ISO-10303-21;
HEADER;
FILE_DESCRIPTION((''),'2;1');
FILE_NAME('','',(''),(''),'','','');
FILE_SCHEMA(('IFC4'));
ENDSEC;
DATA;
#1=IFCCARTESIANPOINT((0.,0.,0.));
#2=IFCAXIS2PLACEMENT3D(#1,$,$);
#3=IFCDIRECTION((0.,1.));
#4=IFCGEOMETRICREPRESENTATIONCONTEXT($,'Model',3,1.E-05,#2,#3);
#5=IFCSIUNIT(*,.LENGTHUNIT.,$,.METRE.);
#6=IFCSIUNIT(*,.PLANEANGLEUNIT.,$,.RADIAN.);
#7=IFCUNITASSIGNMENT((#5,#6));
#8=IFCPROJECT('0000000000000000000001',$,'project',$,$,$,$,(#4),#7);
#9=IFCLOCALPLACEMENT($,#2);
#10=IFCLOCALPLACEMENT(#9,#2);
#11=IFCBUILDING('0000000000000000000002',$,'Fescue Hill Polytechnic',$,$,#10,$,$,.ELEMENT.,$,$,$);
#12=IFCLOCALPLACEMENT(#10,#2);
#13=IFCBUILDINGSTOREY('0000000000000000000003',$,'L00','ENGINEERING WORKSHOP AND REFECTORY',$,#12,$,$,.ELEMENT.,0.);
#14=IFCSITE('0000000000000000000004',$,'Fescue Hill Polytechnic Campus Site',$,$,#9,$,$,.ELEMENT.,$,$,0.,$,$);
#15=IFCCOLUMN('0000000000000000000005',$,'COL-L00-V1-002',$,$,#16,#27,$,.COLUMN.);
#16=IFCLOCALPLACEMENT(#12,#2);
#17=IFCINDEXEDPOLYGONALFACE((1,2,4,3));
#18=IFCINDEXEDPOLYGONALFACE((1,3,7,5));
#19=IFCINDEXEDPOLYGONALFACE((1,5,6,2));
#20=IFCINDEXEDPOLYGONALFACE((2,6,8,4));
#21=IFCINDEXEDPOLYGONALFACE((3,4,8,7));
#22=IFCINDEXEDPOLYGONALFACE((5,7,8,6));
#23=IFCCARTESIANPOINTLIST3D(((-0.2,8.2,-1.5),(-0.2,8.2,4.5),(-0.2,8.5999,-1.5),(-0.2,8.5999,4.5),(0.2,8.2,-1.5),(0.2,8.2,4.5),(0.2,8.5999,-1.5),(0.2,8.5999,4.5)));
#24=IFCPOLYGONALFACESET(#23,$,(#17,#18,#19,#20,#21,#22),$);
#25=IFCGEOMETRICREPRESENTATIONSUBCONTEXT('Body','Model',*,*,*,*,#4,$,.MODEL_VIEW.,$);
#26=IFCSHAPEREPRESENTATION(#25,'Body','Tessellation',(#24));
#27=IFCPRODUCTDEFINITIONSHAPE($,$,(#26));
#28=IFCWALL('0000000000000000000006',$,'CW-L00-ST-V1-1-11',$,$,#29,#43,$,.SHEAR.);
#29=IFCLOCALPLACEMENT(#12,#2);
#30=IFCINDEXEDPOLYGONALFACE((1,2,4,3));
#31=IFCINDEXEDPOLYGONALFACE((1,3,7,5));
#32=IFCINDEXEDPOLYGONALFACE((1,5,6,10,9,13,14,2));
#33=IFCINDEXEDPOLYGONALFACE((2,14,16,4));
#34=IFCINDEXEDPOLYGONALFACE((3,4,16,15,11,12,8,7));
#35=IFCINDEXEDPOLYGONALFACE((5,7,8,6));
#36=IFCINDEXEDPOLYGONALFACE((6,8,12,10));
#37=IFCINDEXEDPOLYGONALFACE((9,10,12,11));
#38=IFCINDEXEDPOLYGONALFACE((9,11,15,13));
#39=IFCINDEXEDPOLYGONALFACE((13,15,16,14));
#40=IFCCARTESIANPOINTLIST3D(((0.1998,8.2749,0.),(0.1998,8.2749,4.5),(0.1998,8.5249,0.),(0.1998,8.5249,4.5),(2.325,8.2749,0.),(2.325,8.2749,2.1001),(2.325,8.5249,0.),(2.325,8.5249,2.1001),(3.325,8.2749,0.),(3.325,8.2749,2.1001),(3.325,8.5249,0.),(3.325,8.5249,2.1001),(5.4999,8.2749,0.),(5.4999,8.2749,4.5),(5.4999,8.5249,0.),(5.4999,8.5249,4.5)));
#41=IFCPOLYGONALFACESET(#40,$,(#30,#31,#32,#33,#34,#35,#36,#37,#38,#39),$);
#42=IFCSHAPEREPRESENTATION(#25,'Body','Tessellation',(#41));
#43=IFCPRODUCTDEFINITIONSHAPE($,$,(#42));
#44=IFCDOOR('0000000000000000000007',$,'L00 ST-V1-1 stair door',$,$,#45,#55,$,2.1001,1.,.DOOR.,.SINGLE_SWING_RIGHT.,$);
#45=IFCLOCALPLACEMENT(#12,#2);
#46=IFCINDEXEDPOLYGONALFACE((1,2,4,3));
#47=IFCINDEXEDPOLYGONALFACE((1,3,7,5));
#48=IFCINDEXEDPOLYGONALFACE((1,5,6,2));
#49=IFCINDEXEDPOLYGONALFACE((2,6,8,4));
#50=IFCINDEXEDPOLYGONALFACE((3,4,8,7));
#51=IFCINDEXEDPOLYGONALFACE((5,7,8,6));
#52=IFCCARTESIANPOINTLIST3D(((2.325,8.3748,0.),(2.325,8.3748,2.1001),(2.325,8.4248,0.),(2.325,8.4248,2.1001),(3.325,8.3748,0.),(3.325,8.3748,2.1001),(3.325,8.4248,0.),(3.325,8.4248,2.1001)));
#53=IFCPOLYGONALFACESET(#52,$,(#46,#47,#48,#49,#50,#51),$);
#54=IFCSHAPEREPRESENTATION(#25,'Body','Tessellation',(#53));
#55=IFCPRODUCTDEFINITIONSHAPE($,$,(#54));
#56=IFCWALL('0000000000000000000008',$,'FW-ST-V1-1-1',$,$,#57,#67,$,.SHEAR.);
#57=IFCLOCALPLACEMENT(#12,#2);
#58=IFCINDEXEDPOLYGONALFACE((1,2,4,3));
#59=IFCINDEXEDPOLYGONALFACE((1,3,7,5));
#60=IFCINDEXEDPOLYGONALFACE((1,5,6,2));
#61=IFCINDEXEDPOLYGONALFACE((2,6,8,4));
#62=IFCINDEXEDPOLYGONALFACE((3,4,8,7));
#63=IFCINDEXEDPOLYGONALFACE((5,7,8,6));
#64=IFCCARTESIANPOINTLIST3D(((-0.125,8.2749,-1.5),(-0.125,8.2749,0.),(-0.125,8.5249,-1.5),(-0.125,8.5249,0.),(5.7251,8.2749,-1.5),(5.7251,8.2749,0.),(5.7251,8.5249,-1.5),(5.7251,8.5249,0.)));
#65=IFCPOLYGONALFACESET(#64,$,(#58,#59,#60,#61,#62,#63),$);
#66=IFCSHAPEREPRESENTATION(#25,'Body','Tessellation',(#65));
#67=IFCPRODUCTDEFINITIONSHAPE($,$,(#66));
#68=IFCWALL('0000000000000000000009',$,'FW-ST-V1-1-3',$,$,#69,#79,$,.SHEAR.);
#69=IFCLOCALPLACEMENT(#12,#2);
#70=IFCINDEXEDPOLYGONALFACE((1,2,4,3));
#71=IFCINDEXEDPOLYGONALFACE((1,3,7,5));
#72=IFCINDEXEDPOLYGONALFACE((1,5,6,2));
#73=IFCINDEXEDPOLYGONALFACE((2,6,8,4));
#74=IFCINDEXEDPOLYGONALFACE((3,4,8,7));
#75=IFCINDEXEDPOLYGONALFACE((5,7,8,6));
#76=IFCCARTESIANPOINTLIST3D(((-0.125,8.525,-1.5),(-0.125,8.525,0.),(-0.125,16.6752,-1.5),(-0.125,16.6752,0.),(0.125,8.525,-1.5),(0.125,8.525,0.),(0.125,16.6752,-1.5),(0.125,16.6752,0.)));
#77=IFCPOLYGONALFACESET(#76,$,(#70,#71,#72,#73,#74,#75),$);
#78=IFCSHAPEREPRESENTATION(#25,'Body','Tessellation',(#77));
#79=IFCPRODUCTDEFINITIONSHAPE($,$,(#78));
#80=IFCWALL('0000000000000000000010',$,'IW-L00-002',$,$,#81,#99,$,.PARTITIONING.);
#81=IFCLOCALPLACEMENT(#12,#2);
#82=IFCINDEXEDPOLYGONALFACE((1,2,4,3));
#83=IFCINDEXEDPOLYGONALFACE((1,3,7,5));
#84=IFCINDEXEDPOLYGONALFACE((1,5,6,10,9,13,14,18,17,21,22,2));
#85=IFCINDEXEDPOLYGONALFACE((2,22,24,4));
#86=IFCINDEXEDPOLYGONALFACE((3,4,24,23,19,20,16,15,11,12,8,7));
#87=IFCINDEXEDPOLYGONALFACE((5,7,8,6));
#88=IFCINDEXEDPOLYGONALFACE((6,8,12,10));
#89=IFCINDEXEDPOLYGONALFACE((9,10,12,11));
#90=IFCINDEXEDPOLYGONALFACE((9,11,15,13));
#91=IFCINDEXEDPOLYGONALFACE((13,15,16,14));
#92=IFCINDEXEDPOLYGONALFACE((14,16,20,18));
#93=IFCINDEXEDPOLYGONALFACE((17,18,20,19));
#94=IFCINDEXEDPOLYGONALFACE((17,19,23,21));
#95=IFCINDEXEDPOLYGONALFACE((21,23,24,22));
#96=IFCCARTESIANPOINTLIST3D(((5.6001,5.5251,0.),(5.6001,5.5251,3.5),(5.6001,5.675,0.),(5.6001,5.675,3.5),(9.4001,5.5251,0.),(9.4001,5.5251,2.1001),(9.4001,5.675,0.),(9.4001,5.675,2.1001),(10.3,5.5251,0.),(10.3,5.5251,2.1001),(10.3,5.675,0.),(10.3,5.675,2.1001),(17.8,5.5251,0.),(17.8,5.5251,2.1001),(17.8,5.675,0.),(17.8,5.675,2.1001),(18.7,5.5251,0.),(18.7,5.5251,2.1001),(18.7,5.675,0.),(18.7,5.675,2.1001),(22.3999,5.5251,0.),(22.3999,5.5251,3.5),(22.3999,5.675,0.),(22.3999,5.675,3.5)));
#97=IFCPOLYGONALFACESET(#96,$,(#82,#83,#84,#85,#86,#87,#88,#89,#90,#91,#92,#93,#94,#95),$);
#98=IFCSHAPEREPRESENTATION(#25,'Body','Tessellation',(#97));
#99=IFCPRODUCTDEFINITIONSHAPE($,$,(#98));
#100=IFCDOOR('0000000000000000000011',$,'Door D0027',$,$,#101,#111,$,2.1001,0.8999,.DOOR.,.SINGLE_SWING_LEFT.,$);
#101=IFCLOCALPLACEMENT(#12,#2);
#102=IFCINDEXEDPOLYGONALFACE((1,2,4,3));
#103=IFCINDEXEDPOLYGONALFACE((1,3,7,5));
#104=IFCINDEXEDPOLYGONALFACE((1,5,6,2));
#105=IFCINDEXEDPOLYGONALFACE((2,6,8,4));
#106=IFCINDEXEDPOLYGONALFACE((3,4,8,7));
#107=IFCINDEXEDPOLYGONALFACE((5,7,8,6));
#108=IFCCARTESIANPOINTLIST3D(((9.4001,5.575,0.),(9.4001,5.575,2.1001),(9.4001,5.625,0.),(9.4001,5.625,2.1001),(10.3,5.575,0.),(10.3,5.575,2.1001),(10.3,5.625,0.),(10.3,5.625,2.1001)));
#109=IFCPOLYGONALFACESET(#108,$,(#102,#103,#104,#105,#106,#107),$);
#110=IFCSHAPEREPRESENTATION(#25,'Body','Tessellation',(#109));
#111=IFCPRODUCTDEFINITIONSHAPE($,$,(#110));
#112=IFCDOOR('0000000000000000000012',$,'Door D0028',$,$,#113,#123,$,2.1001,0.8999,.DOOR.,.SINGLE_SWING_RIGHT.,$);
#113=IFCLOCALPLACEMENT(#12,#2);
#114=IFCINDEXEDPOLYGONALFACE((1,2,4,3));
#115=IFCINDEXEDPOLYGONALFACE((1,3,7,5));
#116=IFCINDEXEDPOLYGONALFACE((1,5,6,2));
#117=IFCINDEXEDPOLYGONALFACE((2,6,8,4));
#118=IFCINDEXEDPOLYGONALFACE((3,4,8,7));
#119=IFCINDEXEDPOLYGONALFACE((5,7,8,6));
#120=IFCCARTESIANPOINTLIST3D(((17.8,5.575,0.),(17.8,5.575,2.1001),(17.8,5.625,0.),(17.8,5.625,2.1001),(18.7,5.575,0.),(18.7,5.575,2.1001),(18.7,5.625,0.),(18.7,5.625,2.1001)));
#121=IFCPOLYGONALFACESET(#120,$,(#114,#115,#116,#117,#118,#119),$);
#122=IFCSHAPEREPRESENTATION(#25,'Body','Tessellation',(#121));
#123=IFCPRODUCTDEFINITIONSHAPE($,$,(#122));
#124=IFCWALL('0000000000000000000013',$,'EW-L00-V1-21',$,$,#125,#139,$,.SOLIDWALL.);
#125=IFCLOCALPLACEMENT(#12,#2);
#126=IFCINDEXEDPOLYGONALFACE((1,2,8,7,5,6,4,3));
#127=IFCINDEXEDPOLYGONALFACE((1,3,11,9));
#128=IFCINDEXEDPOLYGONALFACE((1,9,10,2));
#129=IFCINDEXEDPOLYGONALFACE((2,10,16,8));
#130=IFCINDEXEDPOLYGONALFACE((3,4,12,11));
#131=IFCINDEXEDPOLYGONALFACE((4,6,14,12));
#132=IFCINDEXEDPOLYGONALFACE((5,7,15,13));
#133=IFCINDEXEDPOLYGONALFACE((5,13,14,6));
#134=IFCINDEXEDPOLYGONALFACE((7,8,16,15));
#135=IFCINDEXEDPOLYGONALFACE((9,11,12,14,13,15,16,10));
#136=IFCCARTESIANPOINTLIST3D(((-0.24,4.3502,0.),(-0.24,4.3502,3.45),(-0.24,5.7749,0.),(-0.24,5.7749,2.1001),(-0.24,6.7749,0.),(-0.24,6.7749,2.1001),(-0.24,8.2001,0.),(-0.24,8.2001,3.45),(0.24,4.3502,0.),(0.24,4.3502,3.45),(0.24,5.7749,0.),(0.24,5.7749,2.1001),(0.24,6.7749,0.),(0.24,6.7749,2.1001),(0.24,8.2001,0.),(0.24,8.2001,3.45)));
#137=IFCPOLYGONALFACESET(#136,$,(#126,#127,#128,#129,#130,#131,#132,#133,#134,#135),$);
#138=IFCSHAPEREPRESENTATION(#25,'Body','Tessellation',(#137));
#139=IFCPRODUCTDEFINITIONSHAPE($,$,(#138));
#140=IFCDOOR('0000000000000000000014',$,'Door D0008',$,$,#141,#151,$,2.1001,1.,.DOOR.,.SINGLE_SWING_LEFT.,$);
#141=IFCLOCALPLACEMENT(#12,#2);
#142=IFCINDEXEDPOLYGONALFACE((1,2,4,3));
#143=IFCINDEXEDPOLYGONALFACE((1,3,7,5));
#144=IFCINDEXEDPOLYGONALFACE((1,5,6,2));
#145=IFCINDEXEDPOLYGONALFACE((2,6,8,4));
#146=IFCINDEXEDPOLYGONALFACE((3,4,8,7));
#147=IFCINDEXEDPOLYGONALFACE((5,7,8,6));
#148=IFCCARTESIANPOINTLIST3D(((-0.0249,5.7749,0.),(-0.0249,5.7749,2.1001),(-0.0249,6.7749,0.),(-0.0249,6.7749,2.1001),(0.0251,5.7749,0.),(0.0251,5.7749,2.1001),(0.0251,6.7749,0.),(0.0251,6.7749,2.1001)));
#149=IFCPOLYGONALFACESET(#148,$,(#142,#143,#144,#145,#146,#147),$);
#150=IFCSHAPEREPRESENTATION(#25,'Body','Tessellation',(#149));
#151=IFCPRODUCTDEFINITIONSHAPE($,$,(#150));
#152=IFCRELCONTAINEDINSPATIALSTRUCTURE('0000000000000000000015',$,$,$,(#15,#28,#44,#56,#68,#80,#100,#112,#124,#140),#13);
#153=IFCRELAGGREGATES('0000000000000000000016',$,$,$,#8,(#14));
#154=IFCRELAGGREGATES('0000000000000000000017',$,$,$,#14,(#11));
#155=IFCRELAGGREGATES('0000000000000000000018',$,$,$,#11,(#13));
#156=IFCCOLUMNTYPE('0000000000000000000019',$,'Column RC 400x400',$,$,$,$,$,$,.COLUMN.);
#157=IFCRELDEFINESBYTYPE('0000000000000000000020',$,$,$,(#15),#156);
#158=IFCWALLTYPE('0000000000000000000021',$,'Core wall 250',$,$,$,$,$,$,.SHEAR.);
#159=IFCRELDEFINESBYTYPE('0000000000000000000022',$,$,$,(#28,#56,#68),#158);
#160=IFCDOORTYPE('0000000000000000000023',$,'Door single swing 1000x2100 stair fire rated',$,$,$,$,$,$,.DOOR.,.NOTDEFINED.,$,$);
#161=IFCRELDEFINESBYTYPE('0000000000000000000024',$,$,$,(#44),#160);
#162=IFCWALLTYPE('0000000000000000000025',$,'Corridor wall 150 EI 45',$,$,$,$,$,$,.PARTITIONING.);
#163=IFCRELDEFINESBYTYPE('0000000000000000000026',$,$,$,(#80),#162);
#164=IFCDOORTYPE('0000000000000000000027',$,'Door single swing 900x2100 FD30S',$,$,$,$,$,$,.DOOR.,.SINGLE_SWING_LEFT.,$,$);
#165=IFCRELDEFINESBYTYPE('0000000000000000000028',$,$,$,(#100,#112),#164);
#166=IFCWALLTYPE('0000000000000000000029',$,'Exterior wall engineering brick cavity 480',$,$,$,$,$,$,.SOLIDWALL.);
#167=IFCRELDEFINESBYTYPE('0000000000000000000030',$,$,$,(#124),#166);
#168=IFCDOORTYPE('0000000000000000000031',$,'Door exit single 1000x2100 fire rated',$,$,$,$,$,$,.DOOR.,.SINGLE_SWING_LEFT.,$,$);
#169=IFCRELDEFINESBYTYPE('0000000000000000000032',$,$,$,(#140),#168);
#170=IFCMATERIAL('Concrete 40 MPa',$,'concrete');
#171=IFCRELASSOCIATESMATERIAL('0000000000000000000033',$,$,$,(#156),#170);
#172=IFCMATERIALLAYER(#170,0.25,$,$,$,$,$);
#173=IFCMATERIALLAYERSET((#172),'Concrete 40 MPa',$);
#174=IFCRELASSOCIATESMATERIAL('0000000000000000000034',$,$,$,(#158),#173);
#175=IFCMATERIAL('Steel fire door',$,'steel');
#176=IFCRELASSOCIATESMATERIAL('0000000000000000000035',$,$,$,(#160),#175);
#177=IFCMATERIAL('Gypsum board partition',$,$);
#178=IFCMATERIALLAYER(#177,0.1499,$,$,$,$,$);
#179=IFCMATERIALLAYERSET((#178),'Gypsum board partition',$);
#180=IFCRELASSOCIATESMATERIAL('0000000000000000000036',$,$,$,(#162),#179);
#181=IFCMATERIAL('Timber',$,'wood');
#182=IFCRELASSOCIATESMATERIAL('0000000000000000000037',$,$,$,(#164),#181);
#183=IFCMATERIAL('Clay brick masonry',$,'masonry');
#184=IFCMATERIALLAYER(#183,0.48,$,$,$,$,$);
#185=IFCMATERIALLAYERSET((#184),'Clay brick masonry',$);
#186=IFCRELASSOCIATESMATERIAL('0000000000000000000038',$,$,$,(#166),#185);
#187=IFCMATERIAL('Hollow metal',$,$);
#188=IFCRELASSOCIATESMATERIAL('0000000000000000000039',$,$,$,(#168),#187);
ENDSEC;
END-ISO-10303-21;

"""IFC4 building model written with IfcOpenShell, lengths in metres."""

from ifc_helpers import new_model, si_unit, direction, frame, frame_2d, origin, origin_2d, place, context, subcontext, project, spatial, rectangle, extrude, material, layer, layer_set, material_profile, profile_set, type_object, element, fill, save


model = new_model("IFC4")

# Units and contexts
model_context = context("Model", 3, precision=1e-05, world=origin(), true_north=direction((0.0, 1.0)))
body_context = subcontext(model_context, "Body", "Model", "MODEL_VIEW")
ifc_project = project(units=[si_unit("LENGTHUNIT", "METRE"), si_unit("PLANEANGLEUNIT", "RADIAN")], contexts=[model_context])

# Site, building, storey
site_placement = place(None, origin())
site = spatial("IfcSite", under=ifc_project, at=site_placement, Name="Fescue Hill Polytechnic Campus Site", CompositionType="ELEMENT", RefElevation=0.0)
building_placement = place(site_placement, origin())
building = spatial("IfcBuilding", under=site, at=building_placement, Name="Fescue Hill Polytechnic", CompositionType="ELEMENT")
storey_placement = place(building_placement, origin())
storey = spatial("IfcBuildingStorey", under=building, at=storey_placement, Name="L00", Description="ENGINEERING WORKSHOP AND REFECTORY", CompositionType="ELEMENT", Elevation=0.0)

# Column
ifc_material_1 = material(Name="Concrete 40 MPa", Category="concrete")
ifc_material_profile = material_profile(ifc_material_1, rectangle(XDim=0.3999, YDim=0.3999, at=origin_2d()), Name="RC 400x400")
ifc_profile_set = profile_set([ifc_material_profile], Name="Concrete 40 MPa")
column_type = type_object("IfcColumnType", Name="Column RC 400x400", PredefinedType="COLUMN", material=ifc_profile_set)
column_placement = place(storey_placement, frame((0.0, 8.3999, -1.5), z_axis=(0.0, 0.0, 1.0), x_axis=(1.0, 0.0, 0.0)))
element("IfcColumn", 1, at=column_placement, inside=storey, type_object=column_type, Name="COL-L00-V1-002", PredefinedType="COLUMN", context=body_context, shape_type="SweptSolid", body=[
    extrude(rectangle(XDim=0.3999, YDim=0.3999, at=origin_2d()), origin(), (0.0, 0.0, 1.0), 6.0),
])

# Wall, opening, door
ifc_layer_1 = layer(ifc_material_1, 0.25)
ifc_layer_set_1 = layer_set([ifc_layer_1], Name="Concrete 40 MPa")
wall_type_1 = type_object("IfcWallType", Name="Core wall 250", PredefinedType="SHEAR", material=ifc_layer_set_1)
wall_1_placement = place(storey_placement, frame((0.2, 8.3999, 0.0), z_axis=(0.0, 0.0, 1.0), x_axis=(1.0, 0.0, 0.0)))
wall_1 = element("IfcWall", 2, at=wall_1_placement, inside=storey, type_object=wall_type_1, Name="CW-L00-ST-V1-1-11", PredefinedType="SHEAR", context=body_context, shape_type="SweptSolid", body=[
    extrude(rectangle(XDim=5.3, YDim=0.25, at=frame_2d((2.6499, 0.0))), origin(), (0.0, 0.0, 1.0), 4.5),
])
opening_1_placement = place(wall_1_placement, frame((2.125, 0.0, 0.0)))
opening_1 = element("IfcOpeningElement", 3, at=opening_1_placement, cuts=wall_1, PredefinedType="OPENING", context=body_context, shape_type="SweptSolid", body=[
    extrude(rectangle(XDim=1.0, YDim=2.1001, at=frame_2d((0.5, 1.05))), frame((0.0, 0.135, 0.0), z_axis=(0.0, -1.0, 0.0), x_axis=(1.0, 0.0, 0.0)), (0.0, 0.0, 1.0), 0.27),
])
ifc_material_2 = material(Name="Steel fire door", Category="steel")
door_type_1 = type_object("IfcDoorType", Name="Door single swing 1000x2100 stair fire rated", OperationType="NOTDEFINED", PredefinedType="DOOR", material=ifc_material_2)
door_1_placement = place(opening_1_placement, origin())
door_1 = element("IfcDoor", 4, at=door_1_placement, inside=storey, type_object=door_type_1, Name="L00 ST-V1-1 stair door", OperationType="SINGLE_SWING_RIGHT", OverallHeight=2.1001, OverallWidth=1.0, PredefinedType="DOOR", context=body_context, shape_type="SweptSolid", body=[
    extrude(rectangle(XDim=1.0, YDim=2.1001, at=frame_2d((0.5, 1.05))), frame((0.0, 0.0249, 0.0), z_axis=(0.0, -1.0, 0.0), x_axis=(1.0, 0.0, 0.0)), (0.0, 0.0, 1.0), 0.05),
])
fill(opening_1, door_1)

# Walls
wall_2_placement = place(storey_placement, frame((-0.125, 8.3999, -1.5), z_axis=(0.0, 0.0, 1.0), x_axis=(1.0, 0.0, 0.0)))
element("IfcWall", 5, at=wall_2_placement, inside=storey, type_object=wall_type_1, Name="FW-ST-V1-1-1", PredefinedType="SHEAR", context=body_context, shape_type="SweptSolid", body=[
    extrude(rectangle(XDim=5.8501, YDim=0.25, at=frame_2d((2.925, 0.0))), origin(), (0.0, 0.0, 1.0), 1.5),
])
wall_3_placement = place(storey_placement, frame((0.0, 8.5249, -1.5), z_axis=(0.0, 0.0, 1.0), x_axis=(0.0, 1.0, 0.0)))
element("IfcWall", 6, at=wall_3_placement, inside=storey, type_object=wall_type_1, Name="FW-ST-V1-1-3", PredefinedType="SHEAR", context=body_context, shape_type="SweptSolid", body=[
    extrude(rectangle(XDim=8.1501, YDim=0.25, at=frame_2d((4.0752, 0.0))), origin(), (0.0, 0.0, 1.0), 1.5),
])

# Wall, openings, doors
ifc_material_3 = material(Name="Gypsum board partition")
ifc_layer_2 = layer(ifc_material_3, 0.1499)
ifc_layer_set_2 = layer_set([ifc_layer_2], Name="Gypsum board partition")
wall_type_2 = type_object("IfcWallType", Name="Corridor wall 150 EI 45", PredefinedType="PARTITIONING", material=ifc_layer_set_2)
wall_4_placement = place(storey_placement, frame((5.6001, 5.6001, 0.0), z_axis=(0.0, 0.0, 1.0), x_axis=(1.0, 0.0, 0.0)))
wall_4 = element("IfcWall", 7, at=wall_4_placement, inside=storey, type_object=wall_type_2, Name="IW-L00-002", PredefinedType="PARTITIONING", context=body_context, shape_type="SweptSolid", body=[
    extrude(rectangle(XDim=16.7998, YDim=0.1499, at=frame_2d((8.3999, 0.0))), origin(), (0.0, 0.0, 1.0), 3.5),
])
opening_2_placement = place(wall_4_placement, frame((3.8, 0.0, 0.0)))
opening_2 = element("IfcOpeningElement", 8, at=opening_2_placement, cuts=wall_4, PredefinedType="OPENING", context=body_context, shape_type="SweptSolid", body=[
    extrude(rectangle(XDim=0.8999, YDim=2.1001, at=frame_2d((0.45, 1.05))), frame((0.0, 0.085, 0.0), z_axis=(0.0, -1.0, 0.0), x_axis=(1.0, 0.0, 0.0)), (0.0, 0.0, 1.0), 0.1699),
])
opening_3_placement = place(wall_4_placement, frame((12.2, 0.0, 0.0)))
opening_3 = element("IfcOpeningElement", 9, at=opening_3_placement, cuts=wall_4, PredefinedType="OPENING", context=body_context, shape_type="SweptSolid", body=[
    extrude(rectangle(XDim=0.8999, YDim=2.1001, at=frame_2d((0.45, 1.05))), frame((0.0, 0.085, 0.0), z_axis=(0.0, -1.0, 0.0), x_axis=(1.0, 0.0, 0.0)), (0.0, 0.0, 1.0), 0.1699),
])
ifc_material_4 = material(Name="Timber", Category="wood")
door_type_2 = type_object("IfcDoorType", Name="Door single swing 900x2100 FD30S", OperationType="SINGLE_SWING_LEFT", PredefinedType="DOOR", material=ifc_material_4)
door_2_placement = place(opening_2_placement, origin())
door_2 = element("IfcDoor", 10, at=door_2_placement, inside=storey, type_object=door_type_2, Name="Door D0027", OperationType="SINGLE_SWING_LEFT", OverallHeight=2.1001, OverallWidth=0.8999, PredefinedType="DOOR", context=body_context, shape_type="SweptSolid", body=[
    extrude(rectangle(XDim=0.8999, YDim=2.1001, at=frame_2d((0.45, 1.05))), frame((0.0, 0.0249, 0.0), z_axis=(0.0, -1.0, 0.0), x_axis=(1.0, 0.0, 0.0)), (0.0, 0.0, 1.0), 0.05),
])
fill(opening_2, door_2)
door_3_placement = place(opening_3_placement, origin())
door_3 = element("IfcDoor", 11, at=door_3_placement, inside=storey, type_object=door_type_2, Name="Door D0028", OperationType="SINGLE_SWING_RIGHT", OverallHeight=2.1001, OverallWidth=0.8999, PredefinedType="DOOR", context=body_context, shape_type="SweptSolid", body=[
    extrude(rectangle(XDim=0.8999, YDim=2.1001, at=frame_2d((0.45, 1.05))), frame((0.0, 0.0249, 0.0), z_axis=(0.0, -1.0, 0.0), x_axis=(1.0, 0.0, 0.0)), (0.0, 0.0, 1.0), 0.05),
])
fill(opening_3, door_3)

# Wall, opening, door
ifc_material_5 = material(Name="Clay brick masonry", Category="masonry")
ifc_layer_3 = layer(ifc_material_5, 0.48)
ifc_layer_set_3 = layer_set([ifc_layer_3], Name="Clay brick masonry")
wall_type_3 = type_object("IfcWallType", Name="Exterior wall engineering brick cavity 480", PredefinedType="SOLIDWALL", material=ifc_layer_set_3)
wall_5_placement = place(storey_placement, frame((0.0, 8.2, 0.0), z_axis=(0.0, 0.0, 1.0), x_axis=(0.0, -1.0, 0.0)))
wall_5 = element("IfcWall", 12, at=wall_5_placement, inside=storey, type_object=wall_type_3, Name="EW-L00-V1-21", PredefinedType="SOLIDWALL", context=body_context, shape_type="SweptSolid", body=[
    extrude(rectangle(XDim=3.8499, YDim=0.48, at=frame_2d((1.9248, 0.0))), origin(), (0.0, 0.0, 1.0), 3.45),
])
opening_4_placement = place(wall_5_placement, frame((2.425, 0.0, 0.0), z_axis=(0.0, 0.0, 1.0), x_axis=(-1.0, 0.0, 0.0)))
opening_4 = element("IfcOpeningElement", 13, at=opening_4_placement, cuts=wall_5, PredefinedType="OPENING", context=body_context, shape_type="SweptSolid", body=[
    extrude(rectangle(XDim=1.0, YDim=2.1001, at=frame_2d((0.5, 1.05))), frame((0.0, 0.25, 0.0), z_axis=(0.0, -1.0, 0.0), x_axis=(1.0, 0.0, 0.0)), (0.0, 0.0, 1.0), 0.5),
])
ifc_material_6 = material(Name="Hollow metal")
door_type_3 = type_object("IfcDoorType", Name="Door exit single 1000x2100 fire rated", OperationType="SINGLE_SWING_LEFT", PredefinedType="DOOR", material=ifc_material_6)
door_4_placement = place(opening_4_placement, origin())
door_4 = element("IfcDoor", 14, at=door_4_placement, inside=storey, type_object=door_type_3, Name="Door D0008", OperationType="SINGLE_SWING_LEFT", OverallHeight=2.1001, OverallWidth=1.0, PredefinedType="DOOR", context=body_context, shape_type="SweptSolid", body=[
    extrude(rectangle(XDim=1.0, YDim=2.1001, at=frame_2d((0.5, 1.05))), frame((0.0, 0.0249, 0.0), z_axis=(0.0, -1.0, 0.0), x_axis=(1.0, 0.0, 0.0)), (0.0, 0.0, 1.0), 0.05),
])
fill(opening_4, door_4)

save(model, "model.ifc")
